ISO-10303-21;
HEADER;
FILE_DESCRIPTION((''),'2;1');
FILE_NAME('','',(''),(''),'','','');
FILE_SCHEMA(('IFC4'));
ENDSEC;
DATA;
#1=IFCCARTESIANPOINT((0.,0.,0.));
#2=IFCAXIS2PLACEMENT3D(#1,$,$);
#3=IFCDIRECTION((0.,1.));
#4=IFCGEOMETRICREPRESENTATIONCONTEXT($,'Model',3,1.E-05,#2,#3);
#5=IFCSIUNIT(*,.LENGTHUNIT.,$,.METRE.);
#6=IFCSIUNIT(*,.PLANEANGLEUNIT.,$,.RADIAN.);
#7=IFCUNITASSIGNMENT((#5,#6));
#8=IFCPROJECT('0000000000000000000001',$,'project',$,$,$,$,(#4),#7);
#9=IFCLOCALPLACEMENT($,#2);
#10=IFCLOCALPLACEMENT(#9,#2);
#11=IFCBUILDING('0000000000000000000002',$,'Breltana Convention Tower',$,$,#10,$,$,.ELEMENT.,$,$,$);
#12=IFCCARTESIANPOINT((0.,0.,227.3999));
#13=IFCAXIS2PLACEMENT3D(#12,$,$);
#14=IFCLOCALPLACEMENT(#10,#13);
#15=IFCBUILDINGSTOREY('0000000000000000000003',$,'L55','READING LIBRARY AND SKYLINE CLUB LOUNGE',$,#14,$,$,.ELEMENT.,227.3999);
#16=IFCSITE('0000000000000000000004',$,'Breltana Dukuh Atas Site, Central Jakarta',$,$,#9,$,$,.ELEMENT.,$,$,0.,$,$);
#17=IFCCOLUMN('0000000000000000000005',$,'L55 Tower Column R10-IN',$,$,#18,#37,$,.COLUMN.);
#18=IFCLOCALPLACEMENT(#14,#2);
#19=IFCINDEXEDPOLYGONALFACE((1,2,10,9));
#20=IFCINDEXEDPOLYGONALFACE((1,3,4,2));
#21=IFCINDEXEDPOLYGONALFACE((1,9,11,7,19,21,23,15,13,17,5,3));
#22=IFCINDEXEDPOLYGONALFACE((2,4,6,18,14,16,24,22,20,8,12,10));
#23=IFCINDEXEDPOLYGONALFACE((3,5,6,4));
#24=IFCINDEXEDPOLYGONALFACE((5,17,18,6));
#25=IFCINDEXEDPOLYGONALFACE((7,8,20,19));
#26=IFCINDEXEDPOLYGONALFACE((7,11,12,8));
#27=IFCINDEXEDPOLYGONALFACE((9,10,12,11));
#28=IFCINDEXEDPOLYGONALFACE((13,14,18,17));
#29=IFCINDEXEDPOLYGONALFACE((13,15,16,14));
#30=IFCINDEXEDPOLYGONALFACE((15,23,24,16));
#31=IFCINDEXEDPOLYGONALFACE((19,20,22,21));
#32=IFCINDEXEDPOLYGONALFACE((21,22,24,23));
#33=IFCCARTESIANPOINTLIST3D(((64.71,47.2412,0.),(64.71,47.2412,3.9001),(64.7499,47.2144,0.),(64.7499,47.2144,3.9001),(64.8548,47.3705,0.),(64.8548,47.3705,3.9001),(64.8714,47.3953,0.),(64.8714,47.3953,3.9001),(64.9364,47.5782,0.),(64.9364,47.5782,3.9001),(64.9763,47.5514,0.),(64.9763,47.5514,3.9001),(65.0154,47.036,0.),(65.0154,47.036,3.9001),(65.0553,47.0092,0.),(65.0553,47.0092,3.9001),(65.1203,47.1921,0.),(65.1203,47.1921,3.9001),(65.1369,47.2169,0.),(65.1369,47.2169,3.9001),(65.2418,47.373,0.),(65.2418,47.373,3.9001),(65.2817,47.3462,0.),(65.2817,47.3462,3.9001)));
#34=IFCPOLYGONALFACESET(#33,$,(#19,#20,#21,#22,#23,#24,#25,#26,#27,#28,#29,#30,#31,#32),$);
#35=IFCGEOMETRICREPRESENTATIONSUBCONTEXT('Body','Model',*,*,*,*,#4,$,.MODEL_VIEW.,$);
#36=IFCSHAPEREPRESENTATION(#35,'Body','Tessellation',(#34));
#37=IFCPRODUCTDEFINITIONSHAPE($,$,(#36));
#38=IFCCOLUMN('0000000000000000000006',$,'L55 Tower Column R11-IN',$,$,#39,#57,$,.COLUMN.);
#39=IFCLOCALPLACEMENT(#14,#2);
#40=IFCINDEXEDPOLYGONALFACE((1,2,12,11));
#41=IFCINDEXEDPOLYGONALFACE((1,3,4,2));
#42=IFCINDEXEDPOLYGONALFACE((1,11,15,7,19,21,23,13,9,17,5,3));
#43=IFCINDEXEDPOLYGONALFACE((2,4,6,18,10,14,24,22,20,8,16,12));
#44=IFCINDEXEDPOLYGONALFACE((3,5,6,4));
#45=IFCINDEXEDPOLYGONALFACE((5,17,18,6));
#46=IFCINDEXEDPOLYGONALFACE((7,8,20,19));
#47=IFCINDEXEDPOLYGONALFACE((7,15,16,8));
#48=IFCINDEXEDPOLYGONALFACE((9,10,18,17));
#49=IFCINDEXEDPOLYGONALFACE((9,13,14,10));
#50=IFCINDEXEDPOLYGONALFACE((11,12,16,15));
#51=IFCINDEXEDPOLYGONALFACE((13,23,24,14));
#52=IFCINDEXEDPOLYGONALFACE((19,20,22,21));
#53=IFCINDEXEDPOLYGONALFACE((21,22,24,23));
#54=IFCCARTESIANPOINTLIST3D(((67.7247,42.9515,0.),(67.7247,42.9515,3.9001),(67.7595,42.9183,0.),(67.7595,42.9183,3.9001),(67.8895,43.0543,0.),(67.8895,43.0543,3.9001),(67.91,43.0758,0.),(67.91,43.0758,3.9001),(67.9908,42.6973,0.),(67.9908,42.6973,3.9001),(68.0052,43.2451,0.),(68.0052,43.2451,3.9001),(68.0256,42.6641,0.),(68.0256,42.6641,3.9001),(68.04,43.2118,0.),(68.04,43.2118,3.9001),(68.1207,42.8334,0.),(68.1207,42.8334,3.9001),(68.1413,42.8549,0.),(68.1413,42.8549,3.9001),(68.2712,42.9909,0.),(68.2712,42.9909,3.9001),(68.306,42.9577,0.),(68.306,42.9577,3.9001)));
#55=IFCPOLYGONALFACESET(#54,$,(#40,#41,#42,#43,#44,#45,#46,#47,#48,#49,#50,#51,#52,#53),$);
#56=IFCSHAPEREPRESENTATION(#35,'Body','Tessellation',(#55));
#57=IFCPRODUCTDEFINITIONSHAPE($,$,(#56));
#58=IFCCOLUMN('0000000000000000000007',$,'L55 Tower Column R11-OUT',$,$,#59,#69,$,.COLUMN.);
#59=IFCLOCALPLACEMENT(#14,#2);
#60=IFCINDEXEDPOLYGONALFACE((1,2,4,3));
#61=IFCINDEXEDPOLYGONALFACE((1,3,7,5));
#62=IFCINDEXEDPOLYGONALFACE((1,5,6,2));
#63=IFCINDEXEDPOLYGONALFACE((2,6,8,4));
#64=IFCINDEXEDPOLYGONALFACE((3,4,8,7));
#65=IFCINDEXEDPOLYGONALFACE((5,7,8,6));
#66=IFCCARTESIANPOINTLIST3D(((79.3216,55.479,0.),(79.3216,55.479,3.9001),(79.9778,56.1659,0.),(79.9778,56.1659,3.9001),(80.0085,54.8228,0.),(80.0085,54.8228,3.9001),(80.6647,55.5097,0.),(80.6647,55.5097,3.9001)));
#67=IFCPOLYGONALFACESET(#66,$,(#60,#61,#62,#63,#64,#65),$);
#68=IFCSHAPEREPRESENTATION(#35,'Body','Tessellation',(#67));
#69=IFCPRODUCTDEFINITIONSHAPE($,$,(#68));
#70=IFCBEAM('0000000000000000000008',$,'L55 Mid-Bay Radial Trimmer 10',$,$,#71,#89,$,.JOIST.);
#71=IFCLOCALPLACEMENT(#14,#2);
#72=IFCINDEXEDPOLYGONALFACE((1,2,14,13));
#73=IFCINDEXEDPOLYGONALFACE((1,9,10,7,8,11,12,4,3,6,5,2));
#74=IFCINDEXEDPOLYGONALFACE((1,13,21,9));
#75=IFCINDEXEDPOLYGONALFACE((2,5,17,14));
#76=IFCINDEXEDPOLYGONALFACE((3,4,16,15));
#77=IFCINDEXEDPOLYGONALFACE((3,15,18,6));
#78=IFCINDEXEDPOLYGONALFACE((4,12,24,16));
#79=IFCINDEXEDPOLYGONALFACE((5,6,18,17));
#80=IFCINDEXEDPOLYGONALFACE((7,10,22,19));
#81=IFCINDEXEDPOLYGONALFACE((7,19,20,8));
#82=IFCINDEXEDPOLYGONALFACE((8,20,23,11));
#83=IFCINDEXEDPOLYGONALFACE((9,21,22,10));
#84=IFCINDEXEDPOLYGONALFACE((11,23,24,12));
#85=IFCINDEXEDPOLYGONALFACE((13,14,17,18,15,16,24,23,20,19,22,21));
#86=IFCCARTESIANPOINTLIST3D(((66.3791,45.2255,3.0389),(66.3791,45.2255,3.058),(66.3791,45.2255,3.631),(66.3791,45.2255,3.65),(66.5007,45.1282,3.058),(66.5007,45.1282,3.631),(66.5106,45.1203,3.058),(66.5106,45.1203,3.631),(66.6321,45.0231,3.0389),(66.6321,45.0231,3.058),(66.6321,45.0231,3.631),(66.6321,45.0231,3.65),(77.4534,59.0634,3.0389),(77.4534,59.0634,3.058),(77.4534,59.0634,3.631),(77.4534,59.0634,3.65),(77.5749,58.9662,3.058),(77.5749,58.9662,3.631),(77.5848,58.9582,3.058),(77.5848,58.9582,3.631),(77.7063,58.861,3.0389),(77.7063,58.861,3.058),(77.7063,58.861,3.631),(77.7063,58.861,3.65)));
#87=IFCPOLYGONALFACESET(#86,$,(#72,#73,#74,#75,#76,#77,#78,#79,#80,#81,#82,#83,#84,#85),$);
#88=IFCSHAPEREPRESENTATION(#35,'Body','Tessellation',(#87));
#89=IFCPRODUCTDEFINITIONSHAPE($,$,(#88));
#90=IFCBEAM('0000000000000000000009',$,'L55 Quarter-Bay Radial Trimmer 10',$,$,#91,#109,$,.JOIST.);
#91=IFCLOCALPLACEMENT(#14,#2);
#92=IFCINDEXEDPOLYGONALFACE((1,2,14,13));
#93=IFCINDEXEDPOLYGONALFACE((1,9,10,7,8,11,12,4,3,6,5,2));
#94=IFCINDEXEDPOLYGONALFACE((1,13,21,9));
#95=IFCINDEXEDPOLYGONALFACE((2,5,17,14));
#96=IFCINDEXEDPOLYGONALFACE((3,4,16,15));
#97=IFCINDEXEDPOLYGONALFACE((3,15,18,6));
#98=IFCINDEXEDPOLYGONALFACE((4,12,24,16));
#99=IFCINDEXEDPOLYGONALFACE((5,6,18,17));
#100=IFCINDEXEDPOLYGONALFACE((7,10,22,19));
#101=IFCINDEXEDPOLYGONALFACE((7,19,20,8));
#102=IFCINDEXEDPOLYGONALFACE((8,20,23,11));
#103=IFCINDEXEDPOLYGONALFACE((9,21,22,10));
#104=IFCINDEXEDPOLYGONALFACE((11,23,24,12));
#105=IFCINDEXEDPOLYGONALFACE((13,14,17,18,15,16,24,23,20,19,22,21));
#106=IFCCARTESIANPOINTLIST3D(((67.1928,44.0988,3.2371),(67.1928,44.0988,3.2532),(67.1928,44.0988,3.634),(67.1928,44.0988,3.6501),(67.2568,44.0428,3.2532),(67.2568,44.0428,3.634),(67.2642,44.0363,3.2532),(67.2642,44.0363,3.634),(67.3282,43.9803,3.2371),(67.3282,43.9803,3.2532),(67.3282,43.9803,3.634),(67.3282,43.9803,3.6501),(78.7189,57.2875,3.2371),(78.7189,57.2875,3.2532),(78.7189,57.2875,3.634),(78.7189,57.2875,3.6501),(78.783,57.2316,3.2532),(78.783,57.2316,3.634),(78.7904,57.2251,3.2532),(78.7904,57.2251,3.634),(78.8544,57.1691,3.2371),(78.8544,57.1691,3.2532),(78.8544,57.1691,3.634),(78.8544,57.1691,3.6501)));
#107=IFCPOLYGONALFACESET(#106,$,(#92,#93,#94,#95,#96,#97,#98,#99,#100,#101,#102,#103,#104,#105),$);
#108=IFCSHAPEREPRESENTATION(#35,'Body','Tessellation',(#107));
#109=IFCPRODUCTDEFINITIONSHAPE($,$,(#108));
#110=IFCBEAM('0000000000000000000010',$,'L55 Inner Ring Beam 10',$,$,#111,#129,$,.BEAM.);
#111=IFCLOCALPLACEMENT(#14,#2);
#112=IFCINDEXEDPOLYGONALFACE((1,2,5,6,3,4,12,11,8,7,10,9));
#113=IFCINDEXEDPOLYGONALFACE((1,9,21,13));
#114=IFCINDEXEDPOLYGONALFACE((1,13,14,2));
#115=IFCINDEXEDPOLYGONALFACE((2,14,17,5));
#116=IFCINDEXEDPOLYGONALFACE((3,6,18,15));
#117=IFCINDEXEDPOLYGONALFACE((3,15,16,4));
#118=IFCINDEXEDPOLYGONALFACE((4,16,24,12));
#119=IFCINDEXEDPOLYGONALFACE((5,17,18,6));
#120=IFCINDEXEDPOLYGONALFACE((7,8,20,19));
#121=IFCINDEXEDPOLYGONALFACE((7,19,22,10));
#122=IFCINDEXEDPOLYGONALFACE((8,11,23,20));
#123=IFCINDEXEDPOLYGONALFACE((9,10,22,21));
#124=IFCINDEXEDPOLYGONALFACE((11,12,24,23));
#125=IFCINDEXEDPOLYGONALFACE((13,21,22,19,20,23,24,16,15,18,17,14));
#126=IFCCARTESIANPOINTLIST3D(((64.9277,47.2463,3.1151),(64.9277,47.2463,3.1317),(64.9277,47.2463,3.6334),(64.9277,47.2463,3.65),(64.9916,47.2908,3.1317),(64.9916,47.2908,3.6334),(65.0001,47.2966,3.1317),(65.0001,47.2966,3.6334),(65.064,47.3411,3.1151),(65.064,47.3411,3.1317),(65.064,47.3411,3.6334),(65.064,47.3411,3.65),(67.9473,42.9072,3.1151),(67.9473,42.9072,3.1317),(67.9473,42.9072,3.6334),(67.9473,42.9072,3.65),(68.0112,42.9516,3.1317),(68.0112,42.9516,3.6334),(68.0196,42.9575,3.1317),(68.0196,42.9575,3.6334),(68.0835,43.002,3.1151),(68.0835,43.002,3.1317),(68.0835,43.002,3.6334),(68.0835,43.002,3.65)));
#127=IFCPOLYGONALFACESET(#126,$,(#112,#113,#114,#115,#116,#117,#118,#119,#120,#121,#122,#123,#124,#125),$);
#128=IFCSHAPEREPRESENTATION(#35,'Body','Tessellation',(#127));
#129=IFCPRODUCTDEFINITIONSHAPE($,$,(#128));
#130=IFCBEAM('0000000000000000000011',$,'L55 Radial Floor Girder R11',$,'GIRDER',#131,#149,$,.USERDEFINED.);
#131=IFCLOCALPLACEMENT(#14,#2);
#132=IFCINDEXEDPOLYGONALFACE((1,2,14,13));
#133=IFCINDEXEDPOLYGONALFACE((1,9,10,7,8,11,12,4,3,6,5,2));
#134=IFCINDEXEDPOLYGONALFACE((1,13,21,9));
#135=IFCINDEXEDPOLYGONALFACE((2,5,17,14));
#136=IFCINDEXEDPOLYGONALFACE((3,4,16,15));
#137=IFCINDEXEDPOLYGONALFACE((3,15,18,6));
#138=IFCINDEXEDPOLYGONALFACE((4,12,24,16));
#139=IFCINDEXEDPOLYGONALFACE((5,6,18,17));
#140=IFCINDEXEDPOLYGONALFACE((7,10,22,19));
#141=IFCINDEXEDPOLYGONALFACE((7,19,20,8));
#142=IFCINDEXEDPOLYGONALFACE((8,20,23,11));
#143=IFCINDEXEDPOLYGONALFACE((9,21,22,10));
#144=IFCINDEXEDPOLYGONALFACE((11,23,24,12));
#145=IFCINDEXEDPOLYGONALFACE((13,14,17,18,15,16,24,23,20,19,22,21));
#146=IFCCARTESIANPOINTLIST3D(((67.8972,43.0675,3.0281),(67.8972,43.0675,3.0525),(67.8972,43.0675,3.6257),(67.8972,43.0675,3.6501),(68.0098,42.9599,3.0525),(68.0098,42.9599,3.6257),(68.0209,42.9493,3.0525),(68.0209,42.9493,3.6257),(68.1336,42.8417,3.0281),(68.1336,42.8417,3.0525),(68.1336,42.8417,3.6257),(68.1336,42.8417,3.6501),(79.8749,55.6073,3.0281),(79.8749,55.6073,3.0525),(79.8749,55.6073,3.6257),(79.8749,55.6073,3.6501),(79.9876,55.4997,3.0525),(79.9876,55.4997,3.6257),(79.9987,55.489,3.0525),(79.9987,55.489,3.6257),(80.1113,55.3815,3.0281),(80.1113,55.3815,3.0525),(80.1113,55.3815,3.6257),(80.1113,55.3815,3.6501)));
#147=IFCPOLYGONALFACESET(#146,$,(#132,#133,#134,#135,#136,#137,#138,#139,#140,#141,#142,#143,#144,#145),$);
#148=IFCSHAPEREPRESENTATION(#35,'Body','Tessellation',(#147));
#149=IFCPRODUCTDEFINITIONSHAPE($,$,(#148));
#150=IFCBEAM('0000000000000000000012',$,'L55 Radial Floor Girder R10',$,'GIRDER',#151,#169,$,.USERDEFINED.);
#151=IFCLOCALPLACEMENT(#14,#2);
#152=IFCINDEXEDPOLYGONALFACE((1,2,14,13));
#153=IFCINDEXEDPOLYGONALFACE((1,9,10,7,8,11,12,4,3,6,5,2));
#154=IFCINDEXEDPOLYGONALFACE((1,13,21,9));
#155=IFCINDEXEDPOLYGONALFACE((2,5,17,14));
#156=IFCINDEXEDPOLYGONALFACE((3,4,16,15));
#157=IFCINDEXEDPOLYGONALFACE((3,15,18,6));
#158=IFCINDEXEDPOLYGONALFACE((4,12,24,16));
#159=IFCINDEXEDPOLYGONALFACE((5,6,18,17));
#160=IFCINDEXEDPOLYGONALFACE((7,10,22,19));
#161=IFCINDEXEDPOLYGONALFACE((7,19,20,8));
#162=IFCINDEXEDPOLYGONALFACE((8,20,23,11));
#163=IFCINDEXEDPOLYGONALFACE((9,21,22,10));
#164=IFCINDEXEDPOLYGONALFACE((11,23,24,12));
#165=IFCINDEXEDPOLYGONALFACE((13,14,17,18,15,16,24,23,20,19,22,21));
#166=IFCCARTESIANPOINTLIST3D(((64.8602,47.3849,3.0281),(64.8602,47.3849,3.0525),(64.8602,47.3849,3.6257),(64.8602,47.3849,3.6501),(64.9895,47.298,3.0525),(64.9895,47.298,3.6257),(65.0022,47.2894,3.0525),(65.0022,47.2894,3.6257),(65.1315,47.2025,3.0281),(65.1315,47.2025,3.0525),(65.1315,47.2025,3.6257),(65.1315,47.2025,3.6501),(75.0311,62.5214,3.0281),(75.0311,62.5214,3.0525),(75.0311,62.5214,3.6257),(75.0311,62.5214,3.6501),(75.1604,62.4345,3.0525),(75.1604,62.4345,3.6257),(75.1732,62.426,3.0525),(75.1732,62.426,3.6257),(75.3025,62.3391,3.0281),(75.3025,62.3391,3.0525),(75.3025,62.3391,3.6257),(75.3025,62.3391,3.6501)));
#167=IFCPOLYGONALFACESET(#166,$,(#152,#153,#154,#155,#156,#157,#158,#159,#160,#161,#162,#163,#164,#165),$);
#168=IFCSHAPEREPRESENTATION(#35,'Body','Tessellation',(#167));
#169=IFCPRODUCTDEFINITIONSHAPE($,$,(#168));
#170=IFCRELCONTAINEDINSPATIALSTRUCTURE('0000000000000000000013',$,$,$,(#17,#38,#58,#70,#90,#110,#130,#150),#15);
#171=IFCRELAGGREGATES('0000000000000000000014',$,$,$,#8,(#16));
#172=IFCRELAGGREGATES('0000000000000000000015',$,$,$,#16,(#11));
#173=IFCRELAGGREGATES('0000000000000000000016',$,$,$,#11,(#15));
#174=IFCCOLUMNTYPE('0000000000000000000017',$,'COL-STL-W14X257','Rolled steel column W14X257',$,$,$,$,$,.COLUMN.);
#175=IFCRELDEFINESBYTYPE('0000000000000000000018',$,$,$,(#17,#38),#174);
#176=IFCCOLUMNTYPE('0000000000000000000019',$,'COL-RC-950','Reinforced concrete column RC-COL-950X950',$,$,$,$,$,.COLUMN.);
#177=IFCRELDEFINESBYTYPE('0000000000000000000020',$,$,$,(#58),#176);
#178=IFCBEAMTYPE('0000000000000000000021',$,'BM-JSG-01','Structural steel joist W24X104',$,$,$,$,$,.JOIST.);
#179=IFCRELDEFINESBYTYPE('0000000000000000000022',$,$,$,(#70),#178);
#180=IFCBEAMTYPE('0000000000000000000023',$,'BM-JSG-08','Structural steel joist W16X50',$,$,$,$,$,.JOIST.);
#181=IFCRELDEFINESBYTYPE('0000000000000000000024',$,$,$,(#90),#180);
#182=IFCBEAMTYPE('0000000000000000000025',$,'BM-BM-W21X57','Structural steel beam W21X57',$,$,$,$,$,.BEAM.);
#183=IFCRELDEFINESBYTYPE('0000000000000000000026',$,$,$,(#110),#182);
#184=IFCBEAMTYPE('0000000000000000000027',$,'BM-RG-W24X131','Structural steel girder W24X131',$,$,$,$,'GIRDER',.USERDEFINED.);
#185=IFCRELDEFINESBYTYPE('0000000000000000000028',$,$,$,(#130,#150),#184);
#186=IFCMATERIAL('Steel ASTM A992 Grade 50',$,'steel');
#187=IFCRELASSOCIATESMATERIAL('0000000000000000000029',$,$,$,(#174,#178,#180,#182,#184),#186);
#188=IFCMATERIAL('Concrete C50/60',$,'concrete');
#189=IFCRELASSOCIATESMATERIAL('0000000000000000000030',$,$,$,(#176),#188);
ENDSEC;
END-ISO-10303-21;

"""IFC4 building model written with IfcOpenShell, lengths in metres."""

from ifc_helpers import new_model, si_unit, direction, frame, origin, origin_2d, place, context, subcontext, project, spatial, rectangle, i_section, extrude, source, transform, mapped, material, material_profile, profile_set, type_object, type_shapes, element, save


model = new_model("IFC4")

# Units and contexts
model_context = context("Model", 3, precision=1e-05, world=origin(), true_north=direction((0.0, 1.0)))
body_context = subcontext(model_context, "Body", "Model", "MODEL_VIEW")
ifc_project = project(units=[si_unit("LENGTHUNIT", "METRE"), si_unit("PLANEANGLEUNIT", "RADIAN")], contexts=[model_context])

# Site, building, storey
site_placement = place(None, origin())
site = spatial("IfcSite", under=ifc_project, at=site_placement, Name="Breltana Dukuh Atas Site, Central Jakarta", CompositionType="ELEMENT", RefElevation=0.0)
building_placement = place(site_placement, origin())
building = spatial("IfcBuilding", under=site, at=building_placement, Name="Breltana Convention Tower", CompositionType="ELEMENT")
storey_placement = place(building_placement, frame((0.0, 0.0, 227.3999)))
storey = spatial("IfcBuildingStorey", under=building, at=storey_placement, Name="L55", Description="READING LIBRARY AND SKYLINE CLUB LOUNGE", CompositionType="ELEMENT", Elevation=227.3999)

# Columns
ifc_material_1 = material(Name="Steel ASTM A992 Grade 50", Category="steel")
ifc_material_profile_1 = material_profile(ifc_material_1, i_section(OverallWidth=0.406, OverallDepth=0.416, WebThickness=0.0298, FlangeThickness=0.0481, at=origin_2d()), Name="W14X257")
ifc_profile_set_1 = profile_set([ifc_material_profile_1], Name="Steel ASTM A992 Grade 50")
column_type_1 = type_object("IfcColumnType", Name="COL-STL-W14X257", Description="Rolled steel column W14X257", PredefinedType="COLUMN", material=ifc_profile_set_1)
shared_shape_1 = source(origin(), body_context, "Body", "SweptSolid", [
    extrude(i_section(OverallWidth=0.406, OverallDepth=0.416, WebThickness=0.0298, FlangeThickness=0.0481, at=origin_2d()), origin(), (0.0, 0.0, 1.0), 3.9001),
])
for number, where, z_axis, x_axis, name in (
    (1, (64.9958, 47.2937, 0.0), (0.0, 0.0, 1.0), (0.557745, 0.830012, 0.0), "L55 Tower Column R10-IN"),
    (2, (68.0154, 42.9546, 0.0), (0.0, 0.0, 1.0), (0.690756, 0.723088, 0.0), "L55 Tower Column R11-IN"),
):
    element("IfcColumn", number, at=place(storey_placement, frame(where, z_axis=z_axis, x_axis=x_axis)), inside=storey, type_object=column_type_1, Name=name, PredefinedType="COLUMN", context=body_context, shape_type="MappedRepresentation", body=[
        mapped(shared_shape_1, transform((0.0, 0.0, 0.0), scale=1.0)),
    ])
ifc_material_2 = material(Name="Concrete C50/60", Category="concrete")
ifc_material_profile_2 = material_profile(ifc_material_2, rectangle(XDim=0.95, YDim=0.95, at=origin_2d()), Name="RC-COL-950X950")
ifc_profile_set_2 = profile_set([ifc_material_profile_2], Name="Concrete C50/60")
column_type_2 = type_object("IfcColumnType", Name="COL-RC-950", Description="Reinforced concrete column RC-COL-950X950", PredefinedType="COLUMN", material=ifc_profile_set_2)
shared_shape_2 = source(origin(), body_context, "Body", "SweptSolid", [
    extrude(rectangle(XDim=0.95, YDim=0.95, at=origin_2d()), origin(), (0.0, 0.0, 1.0), 3.9001),
])
column_placement = place(storey_placement, frame((79.9932, 55.4944, 0.0), z_axis=(0.0, 0.0, 1.0), x_axis=(0.690756, 0.723088, 0.0)))
element("IfcColumn", 3, at=column_placement, inside=storey, type_object=column_type_2, Name="L55 Tower Column R11-OUT", PredefinedType="COLUMN", context=body_context, shape_type="MappedRepresentation", body=[
    mapped(shared_shape_2, transform((0.0, 0.0, 0.0), scale=1.0)),
])

# Beams
ifc_material_profile_3 = material_profile(ifc_material_1, i_section(OverallWidth=0.324, OverallDepth=0.6111, WebThickness=0.0127, FlangeThickness=0.019, at=origin_2d()), Name="W24X104")
ifc_profile_set_3 = profile_set([ifc_material_profile_3], Name="Steel ASTM A992 Grade 50")
beam_type_1 = type_object("IfcBeamType", Name="BM-JSG-01", Description="Structural steel joist W24X104", PredefinedType="JOIST", material=ifc_profile_set_3)
shared_shape_3 = source(origin(), body_context, "Body", "SweptSolid", [
    extrude(i_section(OverallWidth=0.324, OverallDepth=0.6111, WebThickness=0.0127, FlangeThickness=0.019, at=origin_2d()), origin(), (0.0, 0.0, 1.0), 17.7236),
])
beam_1_placement = place(storey_placement, frame((66.5056, 45.1243, 3.3445), z_axis=(0.624829, 0.780761, 0.0), x_axis=(-0.780761, 0.624829, 0.0)))
element("IfcBeam", 4, at=beam_1_placement, inside=storey, type_object=beam_type_1, Name="L55 Mid-Bay Radial Trimmer 10", PredefinedType="JOIST", context=body_context, shape_type="MappedRepresentation", body=[
    mapped(shared_shape_3, transform((0.0, 0.0, 0.0), scale=1.0)),
])
ifc_material_profile_4 = material_profile(ifc_material_1, i_section(OverallWidth=0.1799, OverallDepth=0.4131, WebThickness=0.0098, FlangeThickness=0.0161, at=origin_2d()), Name="W16X50")
ifc_profile_set_4 = profile_set([ifc_material_profile_4], Name="Steel ASTM A992 Grade 50")
beam_type_2 = type_object("IfcBeamType", Name="BM-JSG-08", Description="Structural steel joist W16X50", PredefinedType="JOIST", material=ifc_profile_set_4)
shared_shape_4 = source(origin(), body_context, "Body", "SweptSolid", [
    extrude(i_section(OverallWidth=0.1799, OverallDepth=0.4131, WebThickness=0.0098, FlangeThickness=0.0161, at=origin_2d()), origin(), (0.0, 0.0, 1.0), 17.5156),
])
beam_2_placement = place(storey_placement, frame((67.2605, 44.0396, 3.4436), z_axis=(0.658052, 0.752973, 0.0), x_axis=(-0.752973, 0.658052, 0.0)))
element("IfcBeam", 5, at=beam_2_placement, inside=storey, type_object=beam_type_2, Name="L55 Quarter-Bay Radial Trimmer 10", PredefinedType="JOIST", context=body_context, shape_type="MappedRepresentation", body=[
    mapped(shared_shape_4, transform((0.0, 0.0, 0.0), scale=1.0)),
])
ifc_material_profile_5 = material_profile(ifc_material_1, i_section(OverallWidth=0.166, OverallDepth=0.5349, WebThickness=0.0103, FlangeThickness=0.0166, at=origin_2d()), Name="W21X57")
ifc_profile_set_5 = profile_set([ifc_material_profile_5], Name="Steel ASTM A992 Grade 50")
beam_type_3 = type_object("IfcBeamType", Name="BM-BM-W21X57", Description="Structural steel beam W21X57", PredefinedType="BEAM", material=ifc_profile_set_5)
shared_shape_5 = source(origin(), body_context, "Body", "SweptSolid", [
    extrude(i_section(OverallWidth=0.166, OverallDepth=0.5349, WebThickness=0.0103, FlangeThickness=0.0166, at=origin_2d()), origin(), (0.0, 0.0, 1.0), 5.2864),
])
beam_3_placement = place(storey_placement, frame((64.9958, 47.2937, 3.3826), z_axis=(0.571194, -0.820815, 0.0), x_axis=(0.820815, 0.571194, 0.0)))
element("IfcBeam", 6, at=beam_3_placement, inside=storey, type_object=beam_type_3, Name="L55 Inner Ring Beam 10", PredefinedType="BEAM", context=body_context, shape_type="MappedRepresentation", body=[
    mapped(shared_shape_5, transform((0.0, 0.0, 0.0), scale=1.0)),
])
ifc_material_profile_6 = material_profile(ifc_material_1, i_section(OverallWidth=0.3269, OverallDepth=0.6221, WebThickness=0.0154, FlangeThickness=0.0244, at=origin_2d()), Name="W24X131")
ifc_profile_set_6 = profile_set([ifc_material_profile_6], Name="Steel ASTM A992 Grade 50")
beam_type_4 = type_object("IfcBeamType", Name="BM-RG-W24X131", Description="Structural steel girder W24X131", ElementType="GIRDER", PredefinedType="USERDEFINED", material=ifc_profile_set_6)
shared_shape_6 = source(origin(), body_context, "Body", "SweptSolid", [
    extrude(i_section(OverallWidth=0.3269, OverallDepth=0.6221, WebThickness=0.0154, FlangeThickness=0.0244, at=origin_2d()), origin(), (0.0, 0.0, 1.0), 17.3411),
])
type_shapes(beam_type_4, [shared_shape_6])
beam_4_placement = place(storey_placement, frame((68.0154, 42.9546, 3.3391), z_axis=(0.690716, 0.723126, 0.0), x_axis=(-0.723126, 0.690716, 0.0)))
element("IfcBeam", 7, at=beam_4_placement, inside=storey, type_object=beam_type_4, Name="L55 Radial Floor Girder R11", ObjectType="GIRDER", PredefinedType="USERDEFINED", context=body_context, shape_type="MappedRepresentation", body=[
    mapped(shared_shape_6, transform((0.0, 0.0, 0.0), scale=1.0)),
])
shared_shape_7 = source(origin(), body_context, "Body", "SweptSolid", [
    extrude(i_section(OverallWidth=0.3269, OverallDepth=0.6221, WebThickness=0.0154, FlangeThickness=0.0244, at=origin_2d()), origin(), (0.0, 0.0, 1.0), 18.2363),
])
beam_5_placement = place(storey_placement, frame((64.9958, 47.2937, 3.3391), z_axis=(0.55773, 0.830022, 0.0), x_axis=(-0.830022, 0.55773, 0.0)))
element("IfcBeam", 8, at=beam_5_placement, inside=storey, type_object=beam_type_4, Name="L55 Radial Floor Girder R10", ObjectType="GIRDER", PredefinedType="USERDEFINED", context=body_context, shape_type="MappedRepresentation", body=[
    mapped(shared_shape_7, transform((0.0, 0.0, 0.0), scale=1.0)),
])

save(model, "model.ifc")
